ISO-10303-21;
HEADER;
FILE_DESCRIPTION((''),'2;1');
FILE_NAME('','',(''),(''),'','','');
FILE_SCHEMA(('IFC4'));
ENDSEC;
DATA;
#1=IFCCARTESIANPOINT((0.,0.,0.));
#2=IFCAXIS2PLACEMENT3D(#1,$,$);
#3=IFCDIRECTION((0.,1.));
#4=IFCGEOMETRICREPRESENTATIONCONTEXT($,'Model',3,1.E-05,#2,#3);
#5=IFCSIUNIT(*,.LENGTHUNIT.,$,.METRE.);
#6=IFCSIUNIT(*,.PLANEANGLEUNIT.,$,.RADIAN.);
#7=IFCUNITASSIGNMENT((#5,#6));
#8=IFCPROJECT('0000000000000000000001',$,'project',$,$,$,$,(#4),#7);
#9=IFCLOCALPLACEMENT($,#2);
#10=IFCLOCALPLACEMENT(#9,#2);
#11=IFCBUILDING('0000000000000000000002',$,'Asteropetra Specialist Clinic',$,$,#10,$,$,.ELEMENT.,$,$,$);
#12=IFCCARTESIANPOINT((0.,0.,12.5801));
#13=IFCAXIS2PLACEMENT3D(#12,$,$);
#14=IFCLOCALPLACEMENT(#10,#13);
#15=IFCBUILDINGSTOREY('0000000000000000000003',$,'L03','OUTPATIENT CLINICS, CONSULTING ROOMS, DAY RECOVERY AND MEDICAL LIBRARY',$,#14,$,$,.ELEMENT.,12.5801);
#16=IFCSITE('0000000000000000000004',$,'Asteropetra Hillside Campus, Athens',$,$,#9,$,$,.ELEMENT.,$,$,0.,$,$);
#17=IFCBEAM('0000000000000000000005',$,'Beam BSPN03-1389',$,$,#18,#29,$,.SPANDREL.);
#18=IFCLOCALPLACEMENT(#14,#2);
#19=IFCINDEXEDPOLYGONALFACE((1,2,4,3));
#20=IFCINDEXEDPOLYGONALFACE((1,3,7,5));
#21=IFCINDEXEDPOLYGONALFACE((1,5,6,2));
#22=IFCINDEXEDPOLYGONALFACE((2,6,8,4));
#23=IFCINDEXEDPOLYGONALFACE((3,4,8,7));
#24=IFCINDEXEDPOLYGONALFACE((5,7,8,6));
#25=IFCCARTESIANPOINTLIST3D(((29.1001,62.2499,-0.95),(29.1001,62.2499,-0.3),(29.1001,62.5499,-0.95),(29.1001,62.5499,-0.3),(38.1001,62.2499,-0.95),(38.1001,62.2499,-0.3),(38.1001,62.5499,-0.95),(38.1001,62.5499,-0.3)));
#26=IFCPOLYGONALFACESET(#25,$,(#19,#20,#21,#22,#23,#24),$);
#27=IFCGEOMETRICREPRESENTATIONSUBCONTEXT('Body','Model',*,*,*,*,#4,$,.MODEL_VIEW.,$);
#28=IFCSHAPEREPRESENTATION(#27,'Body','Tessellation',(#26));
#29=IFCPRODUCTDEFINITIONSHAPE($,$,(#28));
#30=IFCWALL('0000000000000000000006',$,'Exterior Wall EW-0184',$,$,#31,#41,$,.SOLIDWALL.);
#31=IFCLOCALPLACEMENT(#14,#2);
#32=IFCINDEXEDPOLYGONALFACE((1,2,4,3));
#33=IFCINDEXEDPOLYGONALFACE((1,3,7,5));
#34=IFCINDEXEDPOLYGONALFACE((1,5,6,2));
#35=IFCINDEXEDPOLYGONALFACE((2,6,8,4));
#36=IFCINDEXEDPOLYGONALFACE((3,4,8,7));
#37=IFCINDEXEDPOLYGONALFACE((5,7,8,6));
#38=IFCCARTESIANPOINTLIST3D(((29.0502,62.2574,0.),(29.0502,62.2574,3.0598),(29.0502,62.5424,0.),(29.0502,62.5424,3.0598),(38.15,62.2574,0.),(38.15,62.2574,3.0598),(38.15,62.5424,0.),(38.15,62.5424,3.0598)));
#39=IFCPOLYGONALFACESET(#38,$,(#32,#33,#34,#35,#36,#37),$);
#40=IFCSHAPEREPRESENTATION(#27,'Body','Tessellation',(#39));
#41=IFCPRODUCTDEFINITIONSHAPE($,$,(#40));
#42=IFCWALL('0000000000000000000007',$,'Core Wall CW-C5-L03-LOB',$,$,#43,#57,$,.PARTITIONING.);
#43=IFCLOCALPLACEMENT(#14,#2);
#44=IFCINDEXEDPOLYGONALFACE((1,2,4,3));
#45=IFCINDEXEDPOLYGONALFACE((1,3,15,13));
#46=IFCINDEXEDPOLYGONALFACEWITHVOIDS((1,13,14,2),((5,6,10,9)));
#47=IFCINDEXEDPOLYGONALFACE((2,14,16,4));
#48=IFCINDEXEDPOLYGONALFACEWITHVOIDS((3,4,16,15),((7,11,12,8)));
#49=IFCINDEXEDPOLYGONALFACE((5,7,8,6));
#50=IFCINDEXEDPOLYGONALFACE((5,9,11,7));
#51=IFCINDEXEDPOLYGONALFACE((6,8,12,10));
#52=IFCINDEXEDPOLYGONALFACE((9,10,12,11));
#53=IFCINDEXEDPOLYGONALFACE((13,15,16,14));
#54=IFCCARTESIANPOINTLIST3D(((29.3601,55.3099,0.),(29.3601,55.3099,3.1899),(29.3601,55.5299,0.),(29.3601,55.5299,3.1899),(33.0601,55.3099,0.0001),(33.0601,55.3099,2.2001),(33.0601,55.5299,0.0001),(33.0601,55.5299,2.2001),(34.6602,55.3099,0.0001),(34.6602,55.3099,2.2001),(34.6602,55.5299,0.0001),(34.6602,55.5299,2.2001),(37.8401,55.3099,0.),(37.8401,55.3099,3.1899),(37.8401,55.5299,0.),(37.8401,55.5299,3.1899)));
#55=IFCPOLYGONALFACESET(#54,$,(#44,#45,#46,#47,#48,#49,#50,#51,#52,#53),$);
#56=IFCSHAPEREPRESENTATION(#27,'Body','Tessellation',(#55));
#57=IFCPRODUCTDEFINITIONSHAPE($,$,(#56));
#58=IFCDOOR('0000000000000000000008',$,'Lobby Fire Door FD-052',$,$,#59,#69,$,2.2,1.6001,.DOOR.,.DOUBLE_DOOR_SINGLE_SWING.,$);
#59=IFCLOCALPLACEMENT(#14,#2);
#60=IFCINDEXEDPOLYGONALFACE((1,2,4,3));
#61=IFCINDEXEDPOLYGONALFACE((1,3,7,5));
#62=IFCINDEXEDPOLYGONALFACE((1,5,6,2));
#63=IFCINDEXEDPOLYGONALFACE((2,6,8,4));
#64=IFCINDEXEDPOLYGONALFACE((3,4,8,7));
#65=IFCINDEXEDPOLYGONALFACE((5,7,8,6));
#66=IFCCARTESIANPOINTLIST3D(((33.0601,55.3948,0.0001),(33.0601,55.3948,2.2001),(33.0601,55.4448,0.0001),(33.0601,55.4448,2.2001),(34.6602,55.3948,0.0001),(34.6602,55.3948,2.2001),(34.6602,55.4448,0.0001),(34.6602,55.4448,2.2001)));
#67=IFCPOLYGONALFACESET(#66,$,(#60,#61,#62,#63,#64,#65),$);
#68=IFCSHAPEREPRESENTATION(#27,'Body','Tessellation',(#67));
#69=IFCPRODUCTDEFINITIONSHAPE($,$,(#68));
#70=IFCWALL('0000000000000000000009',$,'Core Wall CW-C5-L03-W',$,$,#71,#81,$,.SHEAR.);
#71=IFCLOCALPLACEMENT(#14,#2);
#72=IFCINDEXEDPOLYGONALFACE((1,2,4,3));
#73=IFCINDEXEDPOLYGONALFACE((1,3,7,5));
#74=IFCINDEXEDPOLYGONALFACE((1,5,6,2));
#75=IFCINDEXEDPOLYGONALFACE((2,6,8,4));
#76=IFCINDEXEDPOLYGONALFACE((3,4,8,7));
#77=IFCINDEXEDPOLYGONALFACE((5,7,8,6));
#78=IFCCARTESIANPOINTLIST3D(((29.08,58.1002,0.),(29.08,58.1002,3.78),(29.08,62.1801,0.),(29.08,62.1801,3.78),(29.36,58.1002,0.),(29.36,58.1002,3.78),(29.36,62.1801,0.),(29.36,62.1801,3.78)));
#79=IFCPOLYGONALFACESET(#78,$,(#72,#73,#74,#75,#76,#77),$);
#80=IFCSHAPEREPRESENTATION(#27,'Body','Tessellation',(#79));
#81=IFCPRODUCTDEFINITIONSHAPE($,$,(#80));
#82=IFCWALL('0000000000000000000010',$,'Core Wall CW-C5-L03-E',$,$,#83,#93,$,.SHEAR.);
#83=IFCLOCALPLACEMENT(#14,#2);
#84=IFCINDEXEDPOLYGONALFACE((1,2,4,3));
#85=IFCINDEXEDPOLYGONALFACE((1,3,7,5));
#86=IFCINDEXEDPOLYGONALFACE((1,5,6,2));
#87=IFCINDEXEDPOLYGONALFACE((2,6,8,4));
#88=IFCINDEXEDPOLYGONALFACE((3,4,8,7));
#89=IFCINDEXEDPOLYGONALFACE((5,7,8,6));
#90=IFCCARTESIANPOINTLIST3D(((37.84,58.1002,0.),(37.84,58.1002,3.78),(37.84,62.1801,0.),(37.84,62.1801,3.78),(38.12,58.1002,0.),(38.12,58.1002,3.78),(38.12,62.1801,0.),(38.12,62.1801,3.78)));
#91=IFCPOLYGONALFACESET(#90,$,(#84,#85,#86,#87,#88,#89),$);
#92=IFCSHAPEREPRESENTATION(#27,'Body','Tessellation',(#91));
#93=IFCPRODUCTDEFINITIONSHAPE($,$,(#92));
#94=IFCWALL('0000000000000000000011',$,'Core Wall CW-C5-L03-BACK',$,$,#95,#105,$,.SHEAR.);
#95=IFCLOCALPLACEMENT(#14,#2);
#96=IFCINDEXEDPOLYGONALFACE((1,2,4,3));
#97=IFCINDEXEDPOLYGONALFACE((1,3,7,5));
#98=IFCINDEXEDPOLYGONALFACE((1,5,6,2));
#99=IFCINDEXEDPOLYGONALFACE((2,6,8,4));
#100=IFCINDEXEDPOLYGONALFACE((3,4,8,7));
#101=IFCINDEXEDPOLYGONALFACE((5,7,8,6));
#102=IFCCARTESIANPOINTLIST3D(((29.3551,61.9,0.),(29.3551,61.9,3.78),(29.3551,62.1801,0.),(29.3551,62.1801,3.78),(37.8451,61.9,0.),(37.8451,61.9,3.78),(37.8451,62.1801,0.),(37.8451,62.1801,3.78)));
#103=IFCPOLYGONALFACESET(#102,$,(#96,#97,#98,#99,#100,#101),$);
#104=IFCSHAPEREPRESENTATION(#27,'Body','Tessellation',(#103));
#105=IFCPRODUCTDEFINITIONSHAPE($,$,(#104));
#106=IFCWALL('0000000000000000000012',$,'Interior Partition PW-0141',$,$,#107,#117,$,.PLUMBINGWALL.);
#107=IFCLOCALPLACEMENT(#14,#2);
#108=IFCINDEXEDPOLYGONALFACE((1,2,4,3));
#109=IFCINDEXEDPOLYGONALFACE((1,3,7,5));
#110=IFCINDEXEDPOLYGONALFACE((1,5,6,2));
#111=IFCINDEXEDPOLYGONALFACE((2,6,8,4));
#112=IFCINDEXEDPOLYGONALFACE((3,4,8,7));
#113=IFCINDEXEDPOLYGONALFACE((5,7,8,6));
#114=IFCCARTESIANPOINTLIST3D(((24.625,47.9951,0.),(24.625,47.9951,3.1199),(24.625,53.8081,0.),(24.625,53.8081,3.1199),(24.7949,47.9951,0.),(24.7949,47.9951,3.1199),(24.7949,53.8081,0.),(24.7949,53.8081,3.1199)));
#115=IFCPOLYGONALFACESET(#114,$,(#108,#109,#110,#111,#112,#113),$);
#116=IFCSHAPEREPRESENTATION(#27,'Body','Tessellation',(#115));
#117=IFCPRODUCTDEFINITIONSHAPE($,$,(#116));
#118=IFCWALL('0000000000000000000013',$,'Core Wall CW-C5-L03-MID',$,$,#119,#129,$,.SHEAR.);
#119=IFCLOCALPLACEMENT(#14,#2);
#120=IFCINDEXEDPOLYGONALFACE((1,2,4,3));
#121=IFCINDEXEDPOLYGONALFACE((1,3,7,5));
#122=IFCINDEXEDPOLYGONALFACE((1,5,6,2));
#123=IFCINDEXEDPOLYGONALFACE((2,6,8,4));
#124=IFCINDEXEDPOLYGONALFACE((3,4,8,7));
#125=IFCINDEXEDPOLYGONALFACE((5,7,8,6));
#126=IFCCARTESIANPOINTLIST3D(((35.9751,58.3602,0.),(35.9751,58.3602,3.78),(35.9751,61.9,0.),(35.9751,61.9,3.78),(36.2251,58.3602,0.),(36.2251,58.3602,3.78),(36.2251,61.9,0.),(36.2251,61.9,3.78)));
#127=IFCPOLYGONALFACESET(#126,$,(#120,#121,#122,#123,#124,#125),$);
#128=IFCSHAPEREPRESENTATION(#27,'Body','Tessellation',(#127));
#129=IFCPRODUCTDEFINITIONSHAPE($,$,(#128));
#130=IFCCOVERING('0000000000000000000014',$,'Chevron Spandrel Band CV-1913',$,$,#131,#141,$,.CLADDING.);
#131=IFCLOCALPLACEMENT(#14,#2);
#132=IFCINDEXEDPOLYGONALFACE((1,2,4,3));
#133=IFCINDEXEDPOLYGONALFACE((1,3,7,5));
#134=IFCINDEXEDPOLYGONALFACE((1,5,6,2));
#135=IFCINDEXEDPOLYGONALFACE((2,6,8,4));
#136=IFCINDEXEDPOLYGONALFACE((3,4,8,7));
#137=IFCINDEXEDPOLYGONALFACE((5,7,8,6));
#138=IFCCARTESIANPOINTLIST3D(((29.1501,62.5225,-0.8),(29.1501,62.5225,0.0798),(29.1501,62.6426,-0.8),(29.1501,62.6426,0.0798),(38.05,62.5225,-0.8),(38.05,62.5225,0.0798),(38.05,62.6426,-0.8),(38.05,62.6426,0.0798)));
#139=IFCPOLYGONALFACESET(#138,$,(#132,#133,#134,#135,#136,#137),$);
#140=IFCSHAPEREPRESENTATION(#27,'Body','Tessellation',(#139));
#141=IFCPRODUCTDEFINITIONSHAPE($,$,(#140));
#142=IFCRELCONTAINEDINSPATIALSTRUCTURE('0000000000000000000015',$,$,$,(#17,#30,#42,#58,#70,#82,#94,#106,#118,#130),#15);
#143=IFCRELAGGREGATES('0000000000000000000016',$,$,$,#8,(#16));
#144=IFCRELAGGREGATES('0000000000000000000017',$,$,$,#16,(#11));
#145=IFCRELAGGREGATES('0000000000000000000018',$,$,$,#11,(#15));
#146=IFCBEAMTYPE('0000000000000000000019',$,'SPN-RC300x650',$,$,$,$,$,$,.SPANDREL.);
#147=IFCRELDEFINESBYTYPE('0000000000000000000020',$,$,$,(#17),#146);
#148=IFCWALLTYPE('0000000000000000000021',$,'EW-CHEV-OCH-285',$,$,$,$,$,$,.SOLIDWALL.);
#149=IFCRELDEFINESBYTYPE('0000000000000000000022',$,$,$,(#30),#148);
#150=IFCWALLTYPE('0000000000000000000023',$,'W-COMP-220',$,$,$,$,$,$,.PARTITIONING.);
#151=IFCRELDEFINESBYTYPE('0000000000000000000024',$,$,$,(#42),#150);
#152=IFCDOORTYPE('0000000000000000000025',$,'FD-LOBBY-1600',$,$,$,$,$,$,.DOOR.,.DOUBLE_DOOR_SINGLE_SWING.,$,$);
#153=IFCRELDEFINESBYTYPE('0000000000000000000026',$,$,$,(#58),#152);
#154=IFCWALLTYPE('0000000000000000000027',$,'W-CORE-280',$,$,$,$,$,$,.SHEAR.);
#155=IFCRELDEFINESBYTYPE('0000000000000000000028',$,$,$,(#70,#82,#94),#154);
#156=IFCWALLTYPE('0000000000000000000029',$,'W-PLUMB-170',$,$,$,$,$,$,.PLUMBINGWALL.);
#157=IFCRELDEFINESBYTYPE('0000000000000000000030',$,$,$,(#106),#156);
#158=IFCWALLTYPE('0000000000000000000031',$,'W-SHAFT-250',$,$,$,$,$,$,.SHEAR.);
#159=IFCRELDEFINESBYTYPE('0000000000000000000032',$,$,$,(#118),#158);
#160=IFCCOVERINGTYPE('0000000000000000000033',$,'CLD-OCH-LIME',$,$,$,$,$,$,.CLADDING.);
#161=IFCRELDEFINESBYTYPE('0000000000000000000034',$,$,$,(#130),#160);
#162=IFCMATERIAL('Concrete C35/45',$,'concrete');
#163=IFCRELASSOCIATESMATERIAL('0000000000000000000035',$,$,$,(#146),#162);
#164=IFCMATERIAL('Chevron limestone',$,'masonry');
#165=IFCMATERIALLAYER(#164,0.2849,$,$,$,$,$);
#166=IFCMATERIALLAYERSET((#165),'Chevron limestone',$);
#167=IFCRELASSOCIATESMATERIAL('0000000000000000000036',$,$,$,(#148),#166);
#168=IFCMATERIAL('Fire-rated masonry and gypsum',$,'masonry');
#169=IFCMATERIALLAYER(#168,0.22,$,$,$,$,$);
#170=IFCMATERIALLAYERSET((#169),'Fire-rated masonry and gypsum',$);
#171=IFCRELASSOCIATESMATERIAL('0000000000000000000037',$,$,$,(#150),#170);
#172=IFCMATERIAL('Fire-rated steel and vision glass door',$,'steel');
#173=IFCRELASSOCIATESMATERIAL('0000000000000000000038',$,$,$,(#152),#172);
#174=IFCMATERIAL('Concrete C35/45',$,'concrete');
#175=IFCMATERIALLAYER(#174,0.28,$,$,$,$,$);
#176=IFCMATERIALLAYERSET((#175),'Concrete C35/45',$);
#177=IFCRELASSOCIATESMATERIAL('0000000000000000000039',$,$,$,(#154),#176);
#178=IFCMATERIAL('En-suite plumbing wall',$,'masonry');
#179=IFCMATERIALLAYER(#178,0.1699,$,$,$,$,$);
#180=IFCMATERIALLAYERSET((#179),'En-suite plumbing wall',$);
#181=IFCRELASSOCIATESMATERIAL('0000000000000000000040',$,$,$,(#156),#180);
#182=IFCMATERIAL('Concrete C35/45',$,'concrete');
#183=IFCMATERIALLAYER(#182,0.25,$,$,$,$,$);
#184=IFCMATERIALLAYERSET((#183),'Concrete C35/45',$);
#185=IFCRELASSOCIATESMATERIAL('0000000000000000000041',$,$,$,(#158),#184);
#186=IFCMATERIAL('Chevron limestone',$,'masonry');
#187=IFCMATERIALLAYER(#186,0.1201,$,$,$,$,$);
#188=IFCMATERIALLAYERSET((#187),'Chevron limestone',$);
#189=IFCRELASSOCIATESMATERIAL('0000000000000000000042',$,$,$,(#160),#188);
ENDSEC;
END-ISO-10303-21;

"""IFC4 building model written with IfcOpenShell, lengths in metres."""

from ifc_helpers import new_model, si_unit, direction, frame, frame_2d, origin, origin_2d, place, context, subcontext, project, spatial, rectangle, extrude, material, layer, layer_set, material_profile, profile_set, type_object, element, fill, save


model = new_model("IFC4")

# Units and contexts
model_context = context("Model", 3, precision=1e-05, world=origin(), true_north=direction((0.0, 1.0)))
body_context = subcontext(model_context, "Body", "Model", "MODEL_VIEW")
ifc_project = project(units=[si_unit("LENGTHUNIT", "METRE"), si_unit("PLANEANGLEUNIT", "RADIAN")], contexts=[model_context])

# Site, building, storey
site_placement = place(None, origin())
site = spatial("IfcSite", under=ifc_project, at=site_placement, Name="Asteropetra Hillside Campus, Athens", CompositionType="ELEMENT", RefElevation=0.0)
building_placement = place(site_placement, origin())
building = spatial("IfcBuilding", under=site, at=building_placement, Name="Asteropetra Specialist Clinic", CompositionType="ELEMENT")
storey_placement = place(building_placement, frame((0.0, 0.0, 12.5801)))
storey = spatial("IfcBuildingStorey", under=building, at=storey_placement, Name="L03", Description="OUTPATIENT CLINICS, CONSULTING ROOMS, DAY RECOVERY AND MEDICAL LIBRARY", CompositionType="ELEMENT", Elevation=12.5801)

# Beam
ifc_material_1 = material(Name="Concrete C35/45", Category="concrete")
ifc_material_profile_1 = material_profile(ifc_material_1, rectangle(XDim=0.3, YDim=0.6499, at=origin_2d()), Name="RCS 300x650")
ifc_profile_set_1 = profile_set([ifc_material_profile_1], Name="Concrete C35/45")
beam_type_1 = type_object("IfcBeamType", Name="SPN-RC300x650", PredefinedType="SPANDREL", material=ifc_profile_set_1)
beam_1_placement = place(storey_placement, frame((29.1001, 62.3999, -0.625), z_axis=(1.0, 0.0, 0.0), x_axis=(0.0, 1.0, 0.0)))
element("IfcBeam", 1, at=beam_1_placement, inside=storey, type_object=beam_type_1, Name="Beam BSPN03-1389", PredefinedType="SPANDREL", context=body_context, shape_type="SweptSolid", body=[
    extrude(rectangle(XDim=0.3, YDim=0.6499, at=origin_2d()), origin(), (0.0, 0.0, 1.0), 9.0),
])

# Wall
ifc_material_2 = material(Name="Chevron limestone", Category="masonry")
ifc_layer_1 = layer(ifc_material_2, 0.2849)
ifc_layer_set_1 = layer_set([ifc_layer_1], Name="Chevron limestone")
wall_type_1 = type_object("IfcWallType", Name="EW-CHEV-OCH-285", PredefinedType="SOLIDWALL", material=ifc_layer_set_1)
wall_1_placement = place(storey_placement, frame((38.1499, 62.3999, 0.0), z_axis=(0.0, 0.0, 1.0), x_axis=(-1.0, 0.0, 0.0)))
element("IfcWall", 2, at=wall_1_placement, inside=storey, type_object=wall_type_1, Name="Exterior Wall EW-0184", PredefinedType="SOLIDWALL", context=body_context, shape_type="SweptSolid", body=[
    extrude(rectangle(XDim=9.0999, YDim=0.2849, at=frame_2d((4.5498, 0.0))), origin(), (0.0, 0.0, 1.0), 3.0598),
])

# Wall, opening, door
ifc_material_3 = material(Name="Fire-rated masonry and gypsum", Category="masonry")
ifc_layer_2 = layer(ifc_material_3, 0.22)
ifc_layer_set_2 = layer_set([ifc_layer_2], Name="Fire-rated masonry and gypsum")
wall_type_2 = type_object("IfcWallType", Name="W-COMP-220", PredefinedType="PARTITIONING", material=ifc_layer_set_2)
wall_2_placement = place(storey_placement, frame((29.3601, 55.4199, 0.0), z_axis=(0.0, 0.0, 1.0), x_axis=(1.0, 0.0, 0.0)))
wall_2 = element("IfcWall", 3, at=wall_2_placement, inside=storey, type_object=wall_type_2, Name="Core Wall CW-C5-L03-LOB", PredefinedType="PARTITIONING", context=body_context, shape_type="SweptSolid", body=[
    extrude(rectangle(XDim=8.48, YDim=0.22, at=frame_2d((4.24, 0.0))), origin(), (0.0, 0.0, 1.0), 3.1899),
])
opening_1_placement = place(wall_2_placement, frame((3.7, 0.0, 0.0)))
opening_1 = element("IfcOpeningElement", 4, at=opening_1_placement, cuts=wall_2, PredefinedType="OPENING", context=body_context, shape_type="SweptSolid", body=[
    extrude(rectangle(XDim=1.6001, YDim=2.2, at=frame_2d((0.8, 1.1001))), frame((0.0, 0.1199, 0.0), z_axis=(0.0, -1.0, 0.0), x_axis=(1.0, 0.0, 0.0)), (0.0, 0.0, 1.0), 0.24),
])
ifc_material_4 = material(Name="Fire-rated steel and vision glass door", Category="steel")
door_type_1 = type_object("IfcDoorType", Name="FD-LOBBY-1600", OperationType="DOUBLE_DOOR_SINGLE_SWING", PredefinedType="DOOR", material=ifc_material_4)
door_1_placement = place(opening_1_placement, origin())
door_1 = element("IfcDoor", 5, at=door_1_placement, inside=storey, type_object=door_type_1, Name="Lobby Fire Door FD-052", OperationType="DOUBLE_DOOR_SINGLE_SWING", OverallHeight=2.2, OverallWidth=1.6001, PredefinedType="DOOR", context=body_context, shape_type="SweptSolid", body=[
    extrude(rectangle(XDim=1.6001, YDim=2.2, at=frame_2d((0.8, 1.1001))), frame((0.0, 0.0249, 0.0), z_axis=(0.0, -1.0, 0.0), x_axis=(1.0, 0.0, 0.0)), (0.0, 0.0, 1.0), 0.05),
])
fill(opening_1, door_1)

# Walls
ifc_material_5 = material(Name="Concrete C35/45", Category="concrete")
ifc_layer_3 = layer(ifc_material_5, 0.28)
ifc_layer_set_3 = layer_set([ifc_layer_3], Name="Concrete C35/45")
wall_type_3 = type_object("IfcWallType", Name="W-CORE-280", PredefinedType="SHEAR", material=ifc_layer_set_3)
for number, where, z_axis, x_axis, name in (
    (6, (29.22, 58.1001, 0.0), (0.0, 0.0, 1.0), (0.0, 1.0, 0.0), "Core Wall CW-C5-L03-W"),
    (7, (37.98, 58.1001, 0.0), (0.0, 0.0, 1.0), (0.0, 1.0, 0.0), "Core Wall CW-C5-L03-E"),
):
    element("IfcWall", number, at=place(storey_placement, frame(where, z_axis=z_axis, x_axis=x_axis)), inside=storey, type_object=wall_type_3, Name=name, PredefinedType="SHEAR", context=body_context, shape_type="SweptSolid", body=[
        extrude(rectangle(XDim=4.0798, YDim=0.28, at=frame_2d((2.04, 0.0))), origin(), (0.0, 0.0, 1.0), 3.78),
    ])
wall_3_placement = place(storey_placement, frame((29.355, 62.04, 0.0), z_axis=(0.0, 0.0, 1.0), x_axis=(1.0, 0.0, 0.0)))
element("IfcWall", 8, at=wall_3_placement, inside=storey, type_object=wall_type_3, Name="Core Wall CW-C5-L03-BACK", PredefinedType="SHEAR", context=body_context, shape_type="SweptSolid", body=[
    extrude(rectangle(XDim=8.49, YDim=0.28, at=frame_2d((4.2451, 0.0))), origin(), (0.0, 0.0, 1.0), 3.78),
])
ifc_material_6 = material(Name="En-suite plumbing wall", Category="masonry")
ifc_layer_4 = layer(ifc_material_6, 0.1699)
ifc_layer_set_4 = layer_set([ifc_layer_4], Name="En-suite plumbing wall")
wall_type_4 = type_object("IfcWallType", Name="W-PLUMB-170", PredefinedType="PLUMBINGWALL", material=ifc_layer_set_4)
wall_4_placement = place(storey_placement, frame((24.71, 47.9951, 0.0), z_axis=(0.0, 0.0, 1.0), x_axis=(0.0, 1.0, 0.0)))
element("IfcWall", 9, at=wall_4_placement, inside=storey, type_object=wall_type_4, Name="Interior Partition PW-0141", PredefinedType="PLUMBINGWALL", context=body_context, shape_type="SweptSolid", body=[
    extrude(rectangle(XDim=5.813, YDim=0.1699, at=frame_2d((2.9065, 0.0))), origin(), (0.0, 0.0, 1.0), 3.1199),
])
ifc_material_7 = material(Name="Concrete C35/45", Category="concrete")
ifc_layer_5 = layer(ifc_material_7, 0.25)
ifc_layer_set_5 = layer_set([ifc_layer_5], Name="Concrete C35/45")
wall_type_5 = type_object("IfcWallType", Name="W-SHAFT-250", PredefinedType="SHEAR", material=ifc_layer_set_5)
wall_5_placement = place(storey_placement, frame((36.1001, 58.3601, 0.0), z_axis=(0.0, 0.0, 1.0), x_axis=(0.0, 1.0, 0.0)))
element("IfcWall", 10, at=wall_5_placement, inside=storey, type_object=wall_type_5, Name="Core Wall CW-C5-L03-MID", PredefinedType="SHEAR", context=body_context, shape_type="SweptSolid", body=[
    extrude(rectangle(XDim=3.5398, YDim=0.25, at=frame_2d((1.77, 0.0))), origin(), (0.0, 0.0, 1.0), 3.78),
])

# Covering
ifc_material_8 = material(Name="Chevron limestone", Category="masonry")
ifc_layer_6 = layer(ifc_material_8, 0.1201)
ifc_layer_set_6 = layer_set([ifc_layer_6], Name="Chevron limestone")
covering_type = type_object("IfcCoveringType", Name="CLD-OCH-LIME", PredefinedType="CLADDING", material=ifc_layer_set_6)
covering_placement = place(storey_placement, frame((33.6001, 62.5825, -0.8), z_axis=(0.0, 0.0, 1.0), x_axis=(1.0, 0.0, 0.0)))
element("IfcCovering", 11, at=covering_placement, inside=storey, type_object=covering_type, Name="Chevron Spandrel Band CV-1913", PredefinedType="CLADDING", context=body_context, shape_type="SweptSolid", body=[
    extrude(rectangle(XDim=8.8999, YDim=0.1201, at=origin_2d()), origin(), (0.0, 0.0, 1.0), 0.8799),
])

save(model, "model.ifc")
